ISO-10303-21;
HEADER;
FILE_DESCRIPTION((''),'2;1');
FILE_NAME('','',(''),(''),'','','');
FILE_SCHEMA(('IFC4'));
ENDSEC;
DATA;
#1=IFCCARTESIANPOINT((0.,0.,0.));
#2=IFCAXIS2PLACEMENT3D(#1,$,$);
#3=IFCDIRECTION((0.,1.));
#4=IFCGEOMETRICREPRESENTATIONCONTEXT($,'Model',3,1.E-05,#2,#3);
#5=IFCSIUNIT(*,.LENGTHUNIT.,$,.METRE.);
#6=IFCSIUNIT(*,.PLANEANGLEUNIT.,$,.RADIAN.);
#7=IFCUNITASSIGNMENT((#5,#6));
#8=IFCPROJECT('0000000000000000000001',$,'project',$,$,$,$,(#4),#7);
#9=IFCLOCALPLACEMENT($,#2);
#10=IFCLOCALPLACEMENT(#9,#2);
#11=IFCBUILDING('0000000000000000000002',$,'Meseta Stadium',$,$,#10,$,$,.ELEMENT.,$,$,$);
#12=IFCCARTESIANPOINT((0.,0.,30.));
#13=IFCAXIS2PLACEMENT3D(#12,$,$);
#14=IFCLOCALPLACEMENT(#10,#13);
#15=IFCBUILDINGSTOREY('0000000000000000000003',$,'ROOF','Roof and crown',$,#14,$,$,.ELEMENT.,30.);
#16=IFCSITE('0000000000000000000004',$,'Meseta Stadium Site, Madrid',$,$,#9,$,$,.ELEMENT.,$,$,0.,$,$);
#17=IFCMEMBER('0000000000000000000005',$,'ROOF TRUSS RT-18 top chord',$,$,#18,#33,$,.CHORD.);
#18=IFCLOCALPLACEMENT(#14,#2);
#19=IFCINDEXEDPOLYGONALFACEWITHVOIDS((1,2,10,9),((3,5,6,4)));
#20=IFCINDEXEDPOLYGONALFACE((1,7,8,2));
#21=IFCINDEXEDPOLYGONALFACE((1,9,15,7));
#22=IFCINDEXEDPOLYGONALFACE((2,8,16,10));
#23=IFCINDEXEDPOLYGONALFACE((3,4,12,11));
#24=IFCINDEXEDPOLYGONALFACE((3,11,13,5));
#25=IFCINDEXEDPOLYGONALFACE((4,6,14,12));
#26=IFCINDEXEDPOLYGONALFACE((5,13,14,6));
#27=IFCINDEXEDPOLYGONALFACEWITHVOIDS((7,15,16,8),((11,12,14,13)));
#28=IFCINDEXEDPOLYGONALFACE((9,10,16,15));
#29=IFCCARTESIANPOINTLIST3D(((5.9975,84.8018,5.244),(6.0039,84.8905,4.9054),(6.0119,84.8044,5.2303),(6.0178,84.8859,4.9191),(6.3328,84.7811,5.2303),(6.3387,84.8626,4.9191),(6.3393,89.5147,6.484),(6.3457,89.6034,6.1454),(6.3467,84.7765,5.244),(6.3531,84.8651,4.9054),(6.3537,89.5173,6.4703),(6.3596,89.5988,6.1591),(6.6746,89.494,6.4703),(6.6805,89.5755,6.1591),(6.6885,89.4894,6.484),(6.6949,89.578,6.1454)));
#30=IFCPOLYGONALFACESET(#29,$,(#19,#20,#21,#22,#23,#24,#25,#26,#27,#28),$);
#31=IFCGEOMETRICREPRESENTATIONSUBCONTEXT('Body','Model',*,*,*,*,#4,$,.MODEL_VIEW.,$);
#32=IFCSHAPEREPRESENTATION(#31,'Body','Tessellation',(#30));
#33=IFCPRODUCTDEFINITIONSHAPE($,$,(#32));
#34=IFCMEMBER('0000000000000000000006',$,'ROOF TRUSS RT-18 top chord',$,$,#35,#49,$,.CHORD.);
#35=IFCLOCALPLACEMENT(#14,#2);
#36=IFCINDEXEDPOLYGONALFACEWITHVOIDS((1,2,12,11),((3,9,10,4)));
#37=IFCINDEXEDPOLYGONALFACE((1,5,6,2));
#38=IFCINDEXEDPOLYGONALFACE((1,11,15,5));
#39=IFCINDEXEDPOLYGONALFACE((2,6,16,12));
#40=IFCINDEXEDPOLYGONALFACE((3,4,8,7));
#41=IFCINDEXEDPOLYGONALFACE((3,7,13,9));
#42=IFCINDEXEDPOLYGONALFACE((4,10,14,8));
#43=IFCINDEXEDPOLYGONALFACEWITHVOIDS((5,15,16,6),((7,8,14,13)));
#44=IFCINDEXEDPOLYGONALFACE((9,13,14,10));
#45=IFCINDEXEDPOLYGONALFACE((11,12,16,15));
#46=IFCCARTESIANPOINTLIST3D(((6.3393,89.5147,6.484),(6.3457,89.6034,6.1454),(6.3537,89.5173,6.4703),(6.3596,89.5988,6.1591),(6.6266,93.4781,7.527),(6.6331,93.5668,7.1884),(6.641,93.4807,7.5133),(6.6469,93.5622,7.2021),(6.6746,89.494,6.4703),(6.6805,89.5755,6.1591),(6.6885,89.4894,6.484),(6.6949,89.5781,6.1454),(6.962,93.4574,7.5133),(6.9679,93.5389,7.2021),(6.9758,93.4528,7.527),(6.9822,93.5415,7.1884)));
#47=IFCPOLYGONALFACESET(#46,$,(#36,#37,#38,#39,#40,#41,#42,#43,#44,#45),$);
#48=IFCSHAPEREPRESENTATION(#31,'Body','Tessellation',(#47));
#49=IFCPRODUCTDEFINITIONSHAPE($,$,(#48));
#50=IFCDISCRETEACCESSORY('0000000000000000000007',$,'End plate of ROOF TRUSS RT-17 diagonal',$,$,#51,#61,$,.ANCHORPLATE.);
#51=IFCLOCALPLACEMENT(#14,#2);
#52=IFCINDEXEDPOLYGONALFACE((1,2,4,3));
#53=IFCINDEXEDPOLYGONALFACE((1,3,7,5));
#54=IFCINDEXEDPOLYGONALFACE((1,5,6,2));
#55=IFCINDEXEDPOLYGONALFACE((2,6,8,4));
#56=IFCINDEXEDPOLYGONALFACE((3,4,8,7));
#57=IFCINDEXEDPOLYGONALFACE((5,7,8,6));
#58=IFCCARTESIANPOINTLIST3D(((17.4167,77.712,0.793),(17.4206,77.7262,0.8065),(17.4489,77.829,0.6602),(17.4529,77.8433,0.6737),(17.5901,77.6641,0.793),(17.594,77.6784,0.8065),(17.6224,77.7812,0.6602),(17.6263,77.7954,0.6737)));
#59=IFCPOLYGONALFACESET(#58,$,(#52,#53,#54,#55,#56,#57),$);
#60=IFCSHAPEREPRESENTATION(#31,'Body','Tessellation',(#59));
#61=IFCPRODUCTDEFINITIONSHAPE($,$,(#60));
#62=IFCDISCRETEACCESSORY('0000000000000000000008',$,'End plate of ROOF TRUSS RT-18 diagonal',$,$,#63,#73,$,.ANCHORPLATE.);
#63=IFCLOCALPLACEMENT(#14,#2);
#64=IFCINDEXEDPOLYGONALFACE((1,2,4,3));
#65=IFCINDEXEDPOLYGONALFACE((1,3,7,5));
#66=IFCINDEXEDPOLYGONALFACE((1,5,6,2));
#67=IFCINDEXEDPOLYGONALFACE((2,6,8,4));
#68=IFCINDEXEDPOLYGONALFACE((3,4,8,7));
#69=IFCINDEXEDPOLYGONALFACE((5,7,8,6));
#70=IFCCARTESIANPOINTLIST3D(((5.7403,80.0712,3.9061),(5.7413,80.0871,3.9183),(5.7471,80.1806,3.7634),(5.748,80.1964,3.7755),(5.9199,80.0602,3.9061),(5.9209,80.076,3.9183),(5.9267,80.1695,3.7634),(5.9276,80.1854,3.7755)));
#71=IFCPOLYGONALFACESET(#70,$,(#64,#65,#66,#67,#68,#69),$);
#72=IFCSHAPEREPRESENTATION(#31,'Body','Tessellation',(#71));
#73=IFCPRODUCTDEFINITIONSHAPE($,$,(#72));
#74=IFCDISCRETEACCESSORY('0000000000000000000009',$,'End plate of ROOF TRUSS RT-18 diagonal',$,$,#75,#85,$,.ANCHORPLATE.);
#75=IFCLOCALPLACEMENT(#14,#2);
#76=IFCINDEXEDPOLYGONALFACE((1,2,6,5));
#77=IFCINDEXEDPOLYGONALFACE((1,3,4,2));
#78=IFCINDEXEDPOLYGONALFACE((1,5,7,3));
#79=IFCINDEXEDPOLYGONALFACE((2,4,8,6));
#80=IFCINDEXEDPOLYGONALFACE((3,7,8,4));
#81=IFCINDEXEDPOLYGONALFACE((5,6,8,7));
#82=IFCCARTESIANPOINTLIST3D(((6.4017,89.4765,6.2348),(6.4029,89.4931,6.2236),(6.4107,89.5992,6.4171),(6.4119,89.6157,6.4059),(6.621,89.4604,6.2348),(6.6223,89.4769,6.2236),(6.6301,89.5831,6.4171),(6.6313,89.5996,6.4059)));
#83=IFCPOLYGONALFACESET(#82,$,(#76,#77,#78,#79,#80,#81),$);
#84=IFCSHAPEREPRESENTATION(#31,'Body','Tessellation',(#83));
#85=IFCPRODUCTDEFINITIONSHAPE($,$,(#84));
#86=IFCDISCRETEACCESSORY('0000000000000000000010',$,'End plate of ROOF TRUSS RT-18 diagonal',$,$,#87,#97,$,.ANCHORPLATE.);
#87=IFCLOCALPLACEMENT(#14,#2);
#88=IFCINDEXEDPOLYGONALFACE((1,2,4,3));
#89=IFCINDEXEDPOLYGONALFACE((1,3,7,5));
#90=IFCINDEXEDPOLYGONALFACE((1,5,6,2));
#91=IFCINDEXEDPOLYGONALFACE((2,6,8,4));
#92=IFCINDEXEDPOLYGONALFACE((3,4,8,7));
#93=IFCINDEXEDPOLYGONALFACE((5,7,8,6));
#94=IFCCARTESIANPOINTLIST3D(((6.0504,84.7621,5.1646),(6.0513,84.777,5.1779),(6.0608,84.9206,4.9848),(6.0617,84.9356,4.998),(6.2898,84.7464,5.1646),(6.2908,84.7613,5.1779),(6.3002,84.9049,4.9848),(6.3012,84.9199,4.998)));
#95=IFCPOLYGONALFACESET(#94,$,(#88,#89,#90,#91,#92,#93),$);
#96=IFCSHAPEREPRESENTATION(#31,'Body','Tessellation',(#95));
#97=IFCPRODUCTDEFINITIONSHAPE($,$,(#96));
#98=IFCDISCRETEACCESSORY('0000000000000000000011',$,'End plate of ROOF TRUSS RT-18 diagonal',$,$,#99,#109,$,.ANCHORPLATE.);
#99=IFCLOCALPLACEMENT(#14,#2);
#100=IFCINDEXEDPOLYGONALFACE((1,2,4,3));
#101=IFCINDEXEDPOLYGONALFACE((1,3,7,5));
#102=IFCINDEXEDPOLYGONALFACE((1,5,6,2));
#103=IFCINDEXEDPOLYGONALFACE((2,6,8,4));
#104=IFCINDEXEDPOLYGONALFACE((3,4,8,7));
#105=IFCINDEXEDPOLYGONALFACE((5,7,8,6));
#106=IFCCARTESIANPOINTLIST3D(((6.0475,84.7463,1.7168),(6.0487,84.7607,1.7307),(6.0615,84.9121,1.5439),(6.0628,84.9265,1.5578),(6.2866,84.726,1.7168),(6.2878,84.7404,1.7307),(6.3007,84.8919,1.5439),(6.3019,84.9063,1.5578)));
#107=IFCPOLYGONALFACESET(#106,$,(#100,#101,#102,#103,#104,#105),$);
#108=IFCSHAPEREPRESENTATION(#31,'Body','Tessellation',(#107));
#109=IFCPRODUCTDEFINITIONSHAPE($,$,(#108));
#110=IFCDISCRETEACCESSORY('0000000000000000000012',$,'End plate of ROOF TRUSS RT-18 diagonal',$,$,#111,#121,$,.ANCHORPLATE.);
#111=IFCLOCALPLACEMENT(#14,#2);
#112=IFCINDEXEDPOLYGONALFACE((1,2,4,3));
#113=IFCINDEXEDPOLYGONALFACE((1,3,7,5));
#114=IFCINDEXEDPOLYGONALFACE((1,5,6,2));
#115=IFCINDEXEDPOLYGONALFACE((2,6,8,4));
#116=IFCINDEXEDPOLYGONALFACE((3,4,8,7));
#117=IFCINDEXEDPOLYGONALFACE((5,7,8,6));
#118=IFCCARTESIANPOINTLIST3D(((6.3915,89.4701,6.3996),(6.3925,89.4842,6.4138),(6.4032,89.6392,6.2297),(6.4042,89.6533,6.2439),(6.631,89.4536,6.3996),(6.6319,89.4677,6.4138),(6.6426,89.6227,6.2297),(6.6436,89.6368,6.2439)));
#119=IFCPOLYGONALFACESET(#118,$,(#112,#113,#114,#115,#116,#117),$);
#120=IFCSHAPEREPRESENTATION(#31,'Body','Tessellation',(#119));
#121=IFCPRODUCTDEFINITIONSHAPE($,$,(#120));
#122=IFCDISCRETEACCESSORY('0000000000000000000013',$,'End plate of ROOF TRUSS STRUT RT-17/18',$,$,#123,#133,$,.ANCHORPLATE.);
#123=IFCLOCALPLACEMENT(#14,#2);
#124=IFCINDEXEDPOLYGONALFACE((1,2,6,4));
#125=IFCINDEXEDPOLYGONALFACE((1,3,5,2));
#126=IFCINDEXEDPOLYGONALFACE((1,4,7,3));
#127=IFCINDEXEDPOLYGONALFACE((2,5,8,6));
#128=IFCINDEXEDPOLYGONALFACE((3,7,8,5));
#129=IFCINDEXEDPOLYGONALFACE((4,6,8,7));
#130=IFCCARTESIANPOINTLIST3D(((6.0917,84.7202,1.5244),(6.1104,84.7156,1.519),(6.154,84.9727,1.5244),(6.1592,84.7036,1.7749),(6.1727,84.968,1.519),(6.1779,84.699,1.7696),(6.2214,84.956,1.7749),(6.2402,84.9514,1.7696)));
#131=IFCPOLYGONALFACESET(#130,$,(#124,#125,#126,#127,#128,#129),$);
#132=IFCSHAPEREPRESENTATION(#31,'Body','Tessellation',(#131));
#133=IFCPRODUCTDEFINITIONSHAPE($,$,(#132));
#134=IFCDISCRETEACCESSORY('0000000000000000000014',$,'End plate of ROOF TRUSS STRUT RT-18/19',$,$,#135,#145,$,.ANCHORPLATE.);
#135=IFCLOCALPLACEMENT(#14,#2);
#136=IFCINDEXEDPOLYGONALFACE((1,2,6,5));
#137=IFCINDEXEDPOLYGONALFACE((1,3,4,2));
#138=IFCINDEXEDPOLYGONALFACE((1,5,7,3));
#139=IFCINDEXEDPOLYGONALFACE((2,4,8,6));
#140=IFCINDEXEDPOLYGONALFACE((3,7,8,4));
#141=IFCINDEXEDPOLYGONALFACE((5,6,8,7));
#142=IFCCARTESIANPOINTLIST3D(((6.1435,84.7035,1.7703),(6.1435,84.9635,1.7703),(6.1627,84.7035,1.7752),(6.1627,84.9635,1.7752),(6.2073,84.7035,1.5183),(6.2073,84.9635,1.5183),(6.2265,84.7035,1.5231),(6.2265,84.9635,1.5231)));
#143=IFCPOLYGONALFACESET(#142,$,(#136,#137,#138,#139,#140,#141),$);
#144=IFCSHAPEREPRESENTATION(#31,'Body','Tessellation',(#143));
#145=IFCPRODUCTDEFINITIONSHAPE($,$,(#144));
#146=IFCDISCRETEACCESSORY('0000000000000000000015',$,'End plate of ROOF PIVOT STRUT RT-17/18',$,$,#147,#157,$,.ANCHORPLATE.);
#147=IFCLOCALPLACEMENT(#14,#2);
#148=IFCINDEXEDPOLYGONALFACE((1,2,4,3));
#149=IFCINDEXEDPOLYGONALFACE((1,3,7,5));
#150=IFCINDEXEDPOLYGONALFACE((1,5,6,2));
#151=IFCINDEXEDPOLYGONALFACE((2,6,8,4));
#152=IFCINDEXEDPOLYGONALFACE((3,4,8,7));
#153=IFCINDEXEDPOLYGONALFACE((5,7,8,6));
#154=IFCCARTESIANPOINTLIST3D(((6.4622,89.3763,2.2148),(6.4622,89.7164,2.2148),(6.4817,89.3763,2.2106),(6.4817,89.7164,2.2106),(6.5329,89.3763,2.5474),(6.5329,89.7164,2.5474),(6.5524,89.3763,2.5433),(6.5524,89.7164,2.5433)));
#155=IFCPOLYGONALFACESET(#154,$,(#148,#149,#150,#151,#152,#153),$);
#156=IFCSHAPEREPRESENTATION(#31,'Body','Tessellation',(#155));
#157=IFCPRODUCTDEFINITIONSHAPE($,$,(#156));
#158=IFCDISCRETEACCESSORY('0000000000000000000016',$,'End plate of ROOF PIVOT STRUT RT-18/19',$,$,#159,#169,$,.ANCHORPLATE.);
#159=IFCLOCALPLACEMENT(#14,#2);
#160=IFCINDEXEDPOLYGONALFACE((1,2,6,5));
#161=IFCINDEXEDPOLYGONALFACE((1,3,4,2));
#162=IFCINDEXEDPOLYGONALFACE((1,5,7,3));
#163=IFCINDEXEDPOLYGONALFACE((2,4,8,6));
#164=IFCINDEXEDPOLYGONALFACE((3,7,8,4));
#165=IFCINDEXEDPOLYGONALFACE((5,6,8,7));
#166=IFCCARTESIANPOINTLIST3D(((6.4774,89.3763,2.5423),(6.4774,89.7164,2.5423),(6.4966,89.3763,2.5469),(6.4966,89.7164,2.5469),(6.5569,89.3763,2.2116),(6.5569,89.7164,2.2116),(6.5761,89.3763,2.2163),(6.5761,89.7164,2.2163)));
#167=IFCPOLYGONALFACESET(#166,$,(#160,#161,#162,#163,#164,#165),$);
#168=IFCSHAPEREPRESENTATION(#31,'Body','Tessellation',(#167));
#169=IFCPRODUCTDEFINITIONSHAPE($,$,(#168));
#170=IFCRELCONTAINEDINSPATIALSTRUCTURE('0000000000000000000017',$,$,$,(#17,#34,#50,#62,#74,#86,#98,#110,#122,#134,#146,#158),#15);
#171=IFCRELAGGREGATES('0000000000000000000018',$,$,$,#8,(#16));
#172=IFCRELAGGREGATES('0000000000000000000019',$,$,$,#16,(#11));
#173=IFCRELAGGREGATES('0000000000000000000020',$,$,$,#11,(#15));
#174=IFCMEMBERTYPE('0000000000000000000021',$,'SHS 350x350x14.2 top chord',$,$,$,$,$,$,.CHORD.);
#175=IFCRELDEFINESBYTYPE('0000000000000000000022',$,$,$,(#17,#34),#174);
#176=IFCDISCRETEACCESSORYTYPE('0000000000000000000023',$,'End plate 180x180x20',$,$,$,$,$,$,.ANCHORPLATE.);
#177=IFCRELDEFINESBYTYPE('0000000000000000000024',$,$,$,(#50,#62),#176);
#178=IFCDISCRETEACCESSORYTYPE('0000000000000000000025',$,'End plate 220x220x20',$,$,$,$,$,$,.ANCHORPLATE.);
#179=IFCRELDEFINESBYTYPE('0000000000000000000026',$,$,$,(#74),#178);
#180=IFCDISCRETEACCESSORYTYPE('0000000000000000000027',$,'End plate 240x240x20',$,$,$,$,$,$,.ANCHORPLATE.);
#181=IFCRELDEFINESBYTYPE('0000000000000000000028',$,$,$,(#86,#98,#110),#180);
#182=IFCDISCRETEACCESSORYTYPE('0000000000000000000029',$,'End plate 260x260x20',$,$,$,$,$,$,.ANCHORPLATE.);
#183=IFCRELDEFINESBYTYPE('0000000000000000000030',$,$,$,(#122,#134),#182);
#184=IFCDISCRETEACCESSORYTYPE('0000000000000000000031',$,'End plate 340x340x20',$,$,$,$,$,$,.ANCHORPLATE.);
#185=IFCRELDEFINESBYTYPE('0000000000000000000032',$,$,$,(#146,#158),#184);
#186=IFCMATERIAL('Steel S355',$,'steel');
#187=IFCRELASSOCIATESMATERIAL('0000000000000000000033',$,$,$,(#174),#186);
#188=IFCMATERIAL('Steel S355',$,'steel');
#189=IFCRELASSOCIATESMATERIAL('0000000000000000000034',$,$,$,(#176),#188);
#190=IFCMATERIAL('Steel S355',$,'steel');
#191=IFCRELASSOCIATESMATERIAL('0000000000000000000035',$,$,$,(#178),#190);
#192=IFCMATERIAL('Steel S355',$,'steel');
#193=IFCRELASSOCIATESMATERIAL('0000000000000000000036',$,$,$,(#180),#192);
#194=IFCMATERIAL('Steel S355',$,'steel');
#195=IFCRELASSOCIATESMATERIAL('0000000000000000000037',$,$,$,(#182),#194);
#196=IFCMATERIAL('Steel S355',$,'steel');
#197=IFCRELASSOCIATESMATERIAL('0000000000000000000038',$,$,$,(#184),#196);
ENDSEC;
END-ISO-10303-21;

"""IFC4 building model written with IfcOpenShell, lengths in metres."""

from ifc_helpers import new_model, si_unit, direction, frame, origin, origin_2d, place, context, subcontext, project, spatial, rectangle, hollow_rectangle, extrude, material, material_profile, profile_set, type_object, element, save


model = new_model("IFC4")

# Units and contexts
model_context = context("Model", 3, precision=1e-05, world=origin(), true_north=direction((0.0, 1.0)))
body_context = subcontext(model_context, "Body", "Model", "MODEL_VIEW")
ifc_project = project(units=[si_unit("LENGTHUNIT", "METRE"), si_unit("PLANEANGLEUNIT", "RADIAN")], contexts=[model_context])

# Site, building, storey
site_placement = place(None, origin())
site = spatial("IfcSite", under=ifc_project, at=site_placement, Name="Meseta Stadium Site, Madrid", CompositionType="ELEMENT", RefElevation=0.0)
building_placement = place(site_placement, origin())
building = spatial("IfcBuilding", under=site, at=building_placement, Name="Meseta Stadium", CompositionType="ELEMENT")
storey_placement = place(building_placement, frame((0.0, 0.0, 30.0)))
storey = spatial("IfcBuildingStorey", under=building, at=storey_placement, Name="ROOF", Description="Roof and crown", CompositionType="ELEMENT", Elevation=30.0)

# Members
ifc_material_1 = material(Name="Steel S355", Category="steel")
ifc_material_profile_1 = material_profile(ifc_material_1, hollow_rectangle(XDim=0.3501, YDim=0.3501, WallThickness=0.0142, at=origin_2d()), Name="SHS 350x350x14.2")
ifc_profile_set_1 = profile_set([ifc_material_profile_1], Name="Steel S355")
member_type_1 = type_object("IfcMemberType", Name="SHS 350x350x14.2 top chord", PredefinedType="CHORD", material=ifc_profile_set_1)
member_1_placement = place(storey_placement, frame((6.1753, 84.8335, 5.0747), z_axis=(0.069965, 0.964717, 0.253823), x_axis=(-0.99738, 0.072334, 0.0)))
element("IfcMember", 1, at=member_1_placement, inside=storey, type_object=member_type_1, Name="ROOF TRUSS RT-18 top chord", PredefinedType="CHORD", context=body_context, shape_type="SweptSolid", body=[
    extrude(hollow_rectangle(XDim=0.3501, YDim=0.3501, WallThickness=0.0142, at=origin_2d()), origin(), (0.0, 0.0, 1.0), 4.8853),
])
member_2_placement = place(storey_placement, frame((6.5171, 89.5464, 6.3147), z_axis=(0.069943, 0.964708, 0.253864), x_axis=(-0.997382, 0.072312, 0.0)))
element("IfcMember", 2, at=member_2_placement, inside=storey, type_object=member_type_1, Name="ROOF TRUSS RT-18 top chord", PredefinedType="CHORD", context=body_context, shape_type="SweptSolid", body=[
    extrude(hollow_rectangle(XDim=0.3501, YDim=0.3501, WallThickness=0.0142, at=origin_2d()), origin(), (0.0, 0.0, 1.0), 4.1084),
])

# Discrete accessories
ifc_material_2 = material(Name="Steel S355", Category="steel")
ifc_material_profile_2 = material_profile(ifc_material_2, rectangle(XDim=0.1799, YDim=0.1799, at=origin_2d()), Name="PL 180x180")
ifc_profile_set_2 = profile_set([ifc_material_profile_2], Name="Steel S355")
discrete_accessory_type_1 = type_object("IfcDiscreteAccessoryType", Name="End plate 180x180x20", PredefinedType="ANCHORPLATE", material=ifc_profile_set_2)
for number, where, z_axis, x_axis, name in (
    (3, (17.5195, 77.7466, 0.7266), (0.196278, 0.711509, 0.674707), (-0.963993, 0.265929, 0.0), "End plate of ROOF TRUSS RT-17 diagonal"),
    (4, (5.8335, 80.1204, 3.8347), (0.048719, 0.791683, 0.608987), (-0.998112, 0.061422, 0.0), "End plate of ROOF TRUSS RT-18 diagonal"),
):
    element("IfcDiscreteAccessory", number, at=place(storey_placement, frame(where, z_axis=z_axis, x_axis=x_axis)), inside=storey, type_object=discrete_accessory_type_1, Name=name, PredefinedType="ANCHORPLATE", context=body_context, shape_type="SweptSolid", body=[
        extrude(rectangle(XDim=0.1799, YDim=0.1799, at=origin_2d()), origin(), (0.0, 0.0, 1.0), 0.02),
    ])
ifc_material_3 = material(Name="Steel S355", Category="steel")
ifc_material_profile_3 = material_profile(ifc_material_3, rectangle(XDim=0.22, YDim=0.22, at=origin_2d()), Name="PL 220x220")
ifc_profile_set_3 = profile_set([ifc_material_profile_3], Name="Steel S355")
discrete_accessory_type_2 = type_object("IfcDiscreteAccessoryType", Name="End plate 220x220x20", PredefinedType="ANCHORPLATE", material=ifc_profile_set_3)
discrete_accessory_1_placement = place(storey_placement, frame((6.5159, 89.5298, 6.3259), z_axis=(0.060791, 0.826752, -0.559273), x_axis=(-0.997308, 0.073331, 0.0)))
element("IfcDiscreteAccessory", 5, at=discrete_accessory_1_placement, inside=storey, type_object=discrete_accessory_type_2, Name="End plate of ROOF TRUSS RT-18 diagonal", PredefinedType="ANCHORPLATE", context=body_context, shape_type="SweptSolid", body=[
    extrude(rectangle(XDim=0.22, YDim=0.22, at=origin_2d()), origin(), (0.0, 0.0, 1.0), 0.02),
])
ifc_material_4 = material(Name="Steel S355", Category="steel")
ifc_material_profile_4 = material_profile(ifc_material_4, rectangle(XDim=0.24, YDim=0.24, at=origin_2d()), Name="PL 240x240")
ifc_profile_set_4 = profile_set([ifc_material_profile_4], Name="Steel S355")
discrete_accessory_type_3 = type_object("IfcDiscreteAccessoryType", Name="End plate 240x240x20", PredefinedType="ANCHORPLATE", material=ifc_profile_set_4)
for number, where, z_axis, x_axis, name in (
    (6, (6.1753, 84.8335, 5.0747), (0.04904, 0.747861, 0.662041), (-0.997857, 0.065433, 0.0), "End plate of ROOF TRUSS RT-18 diagonal"),
    (7, (6.1741, 84.8191, 1.6304), (0.060836, 0.717859, 0.693525), (-0.996428, 0.084443, 0.0), "End plate of ROOF TRUSS RT-18 diagonal"),
    (8, (6.5171, 89.5464, 6.3147), (0.048708, 0.706267, 0.706267), (-0.99763, 0.068802, 0.0), "End plate of ROOF TRUSS RT-18 diagonal"),
):
    element("IfcDiscreteAccessory", number, at=place(storey_placement, frame(where, z_axis=z_axis, x_axis=x_axis)), inside=storey, type_object=discrete_accessory_type_3, Name=name, PredefinedType="ANCHORPLATE", context=body_context, shape_type="SweptSolid", body=[
        extrude(rectangle(XDim=0.24, YDim=0.24, at=origin_2d()), origin(), (0.0, 0.0, 1.0), 0.02),
    ])
ifc_material_5 = material(Name="Steel S355", Category="steel")
ifc_material_profile_5 = material_profile(ifc_material_5, rectangle(XDim=0.26, YDim=0.26, at=origin_2d()), Name="PL 260x260")
ifc_profile_set_5 = profile_set([ifc_material_profile_5], Name="Steel S355")
discrete_accessory_type_4 = type_object("IfcDiscreteAccessoryType", Name="End plate 260x260x20", PredefinedType="ANCHORPLATE", material=ifc_profile_set_5)
discrete_accessory_2_placement = place(storey_placement, frame((6.1753, 84.8335, 1.6443), z_axis=(-0.935552, 0.230851, 0.267301), x_axis=(-0.239568, -0.97088, 0.0)))
element("IfcDiscreteAccessory", 9, at=discrete_accessory_2_placement, inside=storey, type_object=discrete_accessory_type_4, Name="End plate of ROOF TRUSS STRUT RT-17/18", PredefinedType="ANCHORPLATE", context=body_context, shape_type="SweptSolid", body=[
    extrude(rectangle(XDim=0.26, YDim=0.26, at=origin_2d()), origin(), (0.0, 0.0, 1.0), 0.02),
])
discrete_accessory_3_placement = place(storey_placement, frame((6.1946, 84.8335, 1.6492), z_axis=(-0.969416, 0.0, -0.245422), x_axis=(0.0, -1.0, 0.0)))
element("IfcDiscreteAccessory", 10, at=discrete_accessory_3_placement, inside=storey, type_object=discrete_accessory_type_4, Name="End plate of ROOF TRUSS STRUT RT-18/19", PredefinedType="ANCHORPLATE", context=body_context, shape_type="SweptSolid", body=[
    extrude(rectangle(XDim=0.26, YDim=0.26, at=origin_2d()), origin(), (0.0, 0.0, 1.0), 0.0198),
])
ifc_material_6 = material(Name="Steel S355", Category="steel")
ifc_material_profile_6 = material_profile(ifc_material_6, rectangle(XDim=0.3401, YDim=0.3401, at=origin_2d()), Name="PL 340x340")
ifc_profile_set_6 = profile_set([ifc_material_profile_6], Name="Steel S355")
discrete_accessory_type_5 = type_object("IfcDiscreteAccessoryType", Name="End plate 340x340x20", PredefinedType="ANCHORPLATE", material=ifc_profile_set_6)
discrete_accessory_4_placement = place(storey_placement, frame((6.5171, 89.5464, 2.377), z_axis=(-0.978159, 0.0, 0.207859), x_axis=(0.0, -1.0, 0.0)))
element("IfcDiscreteAccessory", 11, at=discrete_accessory_4_placement, inside=storey, type_object=discrete_accessory_type_5, Name="End plate of ROOF PIVOT STRUT RT-17/18", PredefinedType="ANCHORPLATE", context=body_context, shape_type="SweptSolid", body=[
    extrude(rectangle(XDim=0.3401, YDim=0.3401, at=origin_2d()), origin(), (0.0, 0.0, 1.0), 0.02),
])
discrete_accessory_5_placement = place(storey_placement, frame((6.5364, 89.5464, 2.3816), z_axis=(-0.972275, 0.0, -0.233838), x_axis=(0.0, -1.0, 0.0)))
element("IfcDiscreteAccessory", 12, at=discrete_accessory_5_placement, inside=storey, type_object=discrete_accessory_type_5, Name="End plate of ROOF PIVOT STRUT RT-18/19", PredefinedType="ANCHORPLATE", context=body_context, shape_type="SweptSolid", body=[
    extrude(rectangle(XDim=0.3401, YDim=0.3401, at=origin_2d()), origin(), (0.0, 0.0, 1.0), 0.0198),
])

save(model, "model.ifc")
